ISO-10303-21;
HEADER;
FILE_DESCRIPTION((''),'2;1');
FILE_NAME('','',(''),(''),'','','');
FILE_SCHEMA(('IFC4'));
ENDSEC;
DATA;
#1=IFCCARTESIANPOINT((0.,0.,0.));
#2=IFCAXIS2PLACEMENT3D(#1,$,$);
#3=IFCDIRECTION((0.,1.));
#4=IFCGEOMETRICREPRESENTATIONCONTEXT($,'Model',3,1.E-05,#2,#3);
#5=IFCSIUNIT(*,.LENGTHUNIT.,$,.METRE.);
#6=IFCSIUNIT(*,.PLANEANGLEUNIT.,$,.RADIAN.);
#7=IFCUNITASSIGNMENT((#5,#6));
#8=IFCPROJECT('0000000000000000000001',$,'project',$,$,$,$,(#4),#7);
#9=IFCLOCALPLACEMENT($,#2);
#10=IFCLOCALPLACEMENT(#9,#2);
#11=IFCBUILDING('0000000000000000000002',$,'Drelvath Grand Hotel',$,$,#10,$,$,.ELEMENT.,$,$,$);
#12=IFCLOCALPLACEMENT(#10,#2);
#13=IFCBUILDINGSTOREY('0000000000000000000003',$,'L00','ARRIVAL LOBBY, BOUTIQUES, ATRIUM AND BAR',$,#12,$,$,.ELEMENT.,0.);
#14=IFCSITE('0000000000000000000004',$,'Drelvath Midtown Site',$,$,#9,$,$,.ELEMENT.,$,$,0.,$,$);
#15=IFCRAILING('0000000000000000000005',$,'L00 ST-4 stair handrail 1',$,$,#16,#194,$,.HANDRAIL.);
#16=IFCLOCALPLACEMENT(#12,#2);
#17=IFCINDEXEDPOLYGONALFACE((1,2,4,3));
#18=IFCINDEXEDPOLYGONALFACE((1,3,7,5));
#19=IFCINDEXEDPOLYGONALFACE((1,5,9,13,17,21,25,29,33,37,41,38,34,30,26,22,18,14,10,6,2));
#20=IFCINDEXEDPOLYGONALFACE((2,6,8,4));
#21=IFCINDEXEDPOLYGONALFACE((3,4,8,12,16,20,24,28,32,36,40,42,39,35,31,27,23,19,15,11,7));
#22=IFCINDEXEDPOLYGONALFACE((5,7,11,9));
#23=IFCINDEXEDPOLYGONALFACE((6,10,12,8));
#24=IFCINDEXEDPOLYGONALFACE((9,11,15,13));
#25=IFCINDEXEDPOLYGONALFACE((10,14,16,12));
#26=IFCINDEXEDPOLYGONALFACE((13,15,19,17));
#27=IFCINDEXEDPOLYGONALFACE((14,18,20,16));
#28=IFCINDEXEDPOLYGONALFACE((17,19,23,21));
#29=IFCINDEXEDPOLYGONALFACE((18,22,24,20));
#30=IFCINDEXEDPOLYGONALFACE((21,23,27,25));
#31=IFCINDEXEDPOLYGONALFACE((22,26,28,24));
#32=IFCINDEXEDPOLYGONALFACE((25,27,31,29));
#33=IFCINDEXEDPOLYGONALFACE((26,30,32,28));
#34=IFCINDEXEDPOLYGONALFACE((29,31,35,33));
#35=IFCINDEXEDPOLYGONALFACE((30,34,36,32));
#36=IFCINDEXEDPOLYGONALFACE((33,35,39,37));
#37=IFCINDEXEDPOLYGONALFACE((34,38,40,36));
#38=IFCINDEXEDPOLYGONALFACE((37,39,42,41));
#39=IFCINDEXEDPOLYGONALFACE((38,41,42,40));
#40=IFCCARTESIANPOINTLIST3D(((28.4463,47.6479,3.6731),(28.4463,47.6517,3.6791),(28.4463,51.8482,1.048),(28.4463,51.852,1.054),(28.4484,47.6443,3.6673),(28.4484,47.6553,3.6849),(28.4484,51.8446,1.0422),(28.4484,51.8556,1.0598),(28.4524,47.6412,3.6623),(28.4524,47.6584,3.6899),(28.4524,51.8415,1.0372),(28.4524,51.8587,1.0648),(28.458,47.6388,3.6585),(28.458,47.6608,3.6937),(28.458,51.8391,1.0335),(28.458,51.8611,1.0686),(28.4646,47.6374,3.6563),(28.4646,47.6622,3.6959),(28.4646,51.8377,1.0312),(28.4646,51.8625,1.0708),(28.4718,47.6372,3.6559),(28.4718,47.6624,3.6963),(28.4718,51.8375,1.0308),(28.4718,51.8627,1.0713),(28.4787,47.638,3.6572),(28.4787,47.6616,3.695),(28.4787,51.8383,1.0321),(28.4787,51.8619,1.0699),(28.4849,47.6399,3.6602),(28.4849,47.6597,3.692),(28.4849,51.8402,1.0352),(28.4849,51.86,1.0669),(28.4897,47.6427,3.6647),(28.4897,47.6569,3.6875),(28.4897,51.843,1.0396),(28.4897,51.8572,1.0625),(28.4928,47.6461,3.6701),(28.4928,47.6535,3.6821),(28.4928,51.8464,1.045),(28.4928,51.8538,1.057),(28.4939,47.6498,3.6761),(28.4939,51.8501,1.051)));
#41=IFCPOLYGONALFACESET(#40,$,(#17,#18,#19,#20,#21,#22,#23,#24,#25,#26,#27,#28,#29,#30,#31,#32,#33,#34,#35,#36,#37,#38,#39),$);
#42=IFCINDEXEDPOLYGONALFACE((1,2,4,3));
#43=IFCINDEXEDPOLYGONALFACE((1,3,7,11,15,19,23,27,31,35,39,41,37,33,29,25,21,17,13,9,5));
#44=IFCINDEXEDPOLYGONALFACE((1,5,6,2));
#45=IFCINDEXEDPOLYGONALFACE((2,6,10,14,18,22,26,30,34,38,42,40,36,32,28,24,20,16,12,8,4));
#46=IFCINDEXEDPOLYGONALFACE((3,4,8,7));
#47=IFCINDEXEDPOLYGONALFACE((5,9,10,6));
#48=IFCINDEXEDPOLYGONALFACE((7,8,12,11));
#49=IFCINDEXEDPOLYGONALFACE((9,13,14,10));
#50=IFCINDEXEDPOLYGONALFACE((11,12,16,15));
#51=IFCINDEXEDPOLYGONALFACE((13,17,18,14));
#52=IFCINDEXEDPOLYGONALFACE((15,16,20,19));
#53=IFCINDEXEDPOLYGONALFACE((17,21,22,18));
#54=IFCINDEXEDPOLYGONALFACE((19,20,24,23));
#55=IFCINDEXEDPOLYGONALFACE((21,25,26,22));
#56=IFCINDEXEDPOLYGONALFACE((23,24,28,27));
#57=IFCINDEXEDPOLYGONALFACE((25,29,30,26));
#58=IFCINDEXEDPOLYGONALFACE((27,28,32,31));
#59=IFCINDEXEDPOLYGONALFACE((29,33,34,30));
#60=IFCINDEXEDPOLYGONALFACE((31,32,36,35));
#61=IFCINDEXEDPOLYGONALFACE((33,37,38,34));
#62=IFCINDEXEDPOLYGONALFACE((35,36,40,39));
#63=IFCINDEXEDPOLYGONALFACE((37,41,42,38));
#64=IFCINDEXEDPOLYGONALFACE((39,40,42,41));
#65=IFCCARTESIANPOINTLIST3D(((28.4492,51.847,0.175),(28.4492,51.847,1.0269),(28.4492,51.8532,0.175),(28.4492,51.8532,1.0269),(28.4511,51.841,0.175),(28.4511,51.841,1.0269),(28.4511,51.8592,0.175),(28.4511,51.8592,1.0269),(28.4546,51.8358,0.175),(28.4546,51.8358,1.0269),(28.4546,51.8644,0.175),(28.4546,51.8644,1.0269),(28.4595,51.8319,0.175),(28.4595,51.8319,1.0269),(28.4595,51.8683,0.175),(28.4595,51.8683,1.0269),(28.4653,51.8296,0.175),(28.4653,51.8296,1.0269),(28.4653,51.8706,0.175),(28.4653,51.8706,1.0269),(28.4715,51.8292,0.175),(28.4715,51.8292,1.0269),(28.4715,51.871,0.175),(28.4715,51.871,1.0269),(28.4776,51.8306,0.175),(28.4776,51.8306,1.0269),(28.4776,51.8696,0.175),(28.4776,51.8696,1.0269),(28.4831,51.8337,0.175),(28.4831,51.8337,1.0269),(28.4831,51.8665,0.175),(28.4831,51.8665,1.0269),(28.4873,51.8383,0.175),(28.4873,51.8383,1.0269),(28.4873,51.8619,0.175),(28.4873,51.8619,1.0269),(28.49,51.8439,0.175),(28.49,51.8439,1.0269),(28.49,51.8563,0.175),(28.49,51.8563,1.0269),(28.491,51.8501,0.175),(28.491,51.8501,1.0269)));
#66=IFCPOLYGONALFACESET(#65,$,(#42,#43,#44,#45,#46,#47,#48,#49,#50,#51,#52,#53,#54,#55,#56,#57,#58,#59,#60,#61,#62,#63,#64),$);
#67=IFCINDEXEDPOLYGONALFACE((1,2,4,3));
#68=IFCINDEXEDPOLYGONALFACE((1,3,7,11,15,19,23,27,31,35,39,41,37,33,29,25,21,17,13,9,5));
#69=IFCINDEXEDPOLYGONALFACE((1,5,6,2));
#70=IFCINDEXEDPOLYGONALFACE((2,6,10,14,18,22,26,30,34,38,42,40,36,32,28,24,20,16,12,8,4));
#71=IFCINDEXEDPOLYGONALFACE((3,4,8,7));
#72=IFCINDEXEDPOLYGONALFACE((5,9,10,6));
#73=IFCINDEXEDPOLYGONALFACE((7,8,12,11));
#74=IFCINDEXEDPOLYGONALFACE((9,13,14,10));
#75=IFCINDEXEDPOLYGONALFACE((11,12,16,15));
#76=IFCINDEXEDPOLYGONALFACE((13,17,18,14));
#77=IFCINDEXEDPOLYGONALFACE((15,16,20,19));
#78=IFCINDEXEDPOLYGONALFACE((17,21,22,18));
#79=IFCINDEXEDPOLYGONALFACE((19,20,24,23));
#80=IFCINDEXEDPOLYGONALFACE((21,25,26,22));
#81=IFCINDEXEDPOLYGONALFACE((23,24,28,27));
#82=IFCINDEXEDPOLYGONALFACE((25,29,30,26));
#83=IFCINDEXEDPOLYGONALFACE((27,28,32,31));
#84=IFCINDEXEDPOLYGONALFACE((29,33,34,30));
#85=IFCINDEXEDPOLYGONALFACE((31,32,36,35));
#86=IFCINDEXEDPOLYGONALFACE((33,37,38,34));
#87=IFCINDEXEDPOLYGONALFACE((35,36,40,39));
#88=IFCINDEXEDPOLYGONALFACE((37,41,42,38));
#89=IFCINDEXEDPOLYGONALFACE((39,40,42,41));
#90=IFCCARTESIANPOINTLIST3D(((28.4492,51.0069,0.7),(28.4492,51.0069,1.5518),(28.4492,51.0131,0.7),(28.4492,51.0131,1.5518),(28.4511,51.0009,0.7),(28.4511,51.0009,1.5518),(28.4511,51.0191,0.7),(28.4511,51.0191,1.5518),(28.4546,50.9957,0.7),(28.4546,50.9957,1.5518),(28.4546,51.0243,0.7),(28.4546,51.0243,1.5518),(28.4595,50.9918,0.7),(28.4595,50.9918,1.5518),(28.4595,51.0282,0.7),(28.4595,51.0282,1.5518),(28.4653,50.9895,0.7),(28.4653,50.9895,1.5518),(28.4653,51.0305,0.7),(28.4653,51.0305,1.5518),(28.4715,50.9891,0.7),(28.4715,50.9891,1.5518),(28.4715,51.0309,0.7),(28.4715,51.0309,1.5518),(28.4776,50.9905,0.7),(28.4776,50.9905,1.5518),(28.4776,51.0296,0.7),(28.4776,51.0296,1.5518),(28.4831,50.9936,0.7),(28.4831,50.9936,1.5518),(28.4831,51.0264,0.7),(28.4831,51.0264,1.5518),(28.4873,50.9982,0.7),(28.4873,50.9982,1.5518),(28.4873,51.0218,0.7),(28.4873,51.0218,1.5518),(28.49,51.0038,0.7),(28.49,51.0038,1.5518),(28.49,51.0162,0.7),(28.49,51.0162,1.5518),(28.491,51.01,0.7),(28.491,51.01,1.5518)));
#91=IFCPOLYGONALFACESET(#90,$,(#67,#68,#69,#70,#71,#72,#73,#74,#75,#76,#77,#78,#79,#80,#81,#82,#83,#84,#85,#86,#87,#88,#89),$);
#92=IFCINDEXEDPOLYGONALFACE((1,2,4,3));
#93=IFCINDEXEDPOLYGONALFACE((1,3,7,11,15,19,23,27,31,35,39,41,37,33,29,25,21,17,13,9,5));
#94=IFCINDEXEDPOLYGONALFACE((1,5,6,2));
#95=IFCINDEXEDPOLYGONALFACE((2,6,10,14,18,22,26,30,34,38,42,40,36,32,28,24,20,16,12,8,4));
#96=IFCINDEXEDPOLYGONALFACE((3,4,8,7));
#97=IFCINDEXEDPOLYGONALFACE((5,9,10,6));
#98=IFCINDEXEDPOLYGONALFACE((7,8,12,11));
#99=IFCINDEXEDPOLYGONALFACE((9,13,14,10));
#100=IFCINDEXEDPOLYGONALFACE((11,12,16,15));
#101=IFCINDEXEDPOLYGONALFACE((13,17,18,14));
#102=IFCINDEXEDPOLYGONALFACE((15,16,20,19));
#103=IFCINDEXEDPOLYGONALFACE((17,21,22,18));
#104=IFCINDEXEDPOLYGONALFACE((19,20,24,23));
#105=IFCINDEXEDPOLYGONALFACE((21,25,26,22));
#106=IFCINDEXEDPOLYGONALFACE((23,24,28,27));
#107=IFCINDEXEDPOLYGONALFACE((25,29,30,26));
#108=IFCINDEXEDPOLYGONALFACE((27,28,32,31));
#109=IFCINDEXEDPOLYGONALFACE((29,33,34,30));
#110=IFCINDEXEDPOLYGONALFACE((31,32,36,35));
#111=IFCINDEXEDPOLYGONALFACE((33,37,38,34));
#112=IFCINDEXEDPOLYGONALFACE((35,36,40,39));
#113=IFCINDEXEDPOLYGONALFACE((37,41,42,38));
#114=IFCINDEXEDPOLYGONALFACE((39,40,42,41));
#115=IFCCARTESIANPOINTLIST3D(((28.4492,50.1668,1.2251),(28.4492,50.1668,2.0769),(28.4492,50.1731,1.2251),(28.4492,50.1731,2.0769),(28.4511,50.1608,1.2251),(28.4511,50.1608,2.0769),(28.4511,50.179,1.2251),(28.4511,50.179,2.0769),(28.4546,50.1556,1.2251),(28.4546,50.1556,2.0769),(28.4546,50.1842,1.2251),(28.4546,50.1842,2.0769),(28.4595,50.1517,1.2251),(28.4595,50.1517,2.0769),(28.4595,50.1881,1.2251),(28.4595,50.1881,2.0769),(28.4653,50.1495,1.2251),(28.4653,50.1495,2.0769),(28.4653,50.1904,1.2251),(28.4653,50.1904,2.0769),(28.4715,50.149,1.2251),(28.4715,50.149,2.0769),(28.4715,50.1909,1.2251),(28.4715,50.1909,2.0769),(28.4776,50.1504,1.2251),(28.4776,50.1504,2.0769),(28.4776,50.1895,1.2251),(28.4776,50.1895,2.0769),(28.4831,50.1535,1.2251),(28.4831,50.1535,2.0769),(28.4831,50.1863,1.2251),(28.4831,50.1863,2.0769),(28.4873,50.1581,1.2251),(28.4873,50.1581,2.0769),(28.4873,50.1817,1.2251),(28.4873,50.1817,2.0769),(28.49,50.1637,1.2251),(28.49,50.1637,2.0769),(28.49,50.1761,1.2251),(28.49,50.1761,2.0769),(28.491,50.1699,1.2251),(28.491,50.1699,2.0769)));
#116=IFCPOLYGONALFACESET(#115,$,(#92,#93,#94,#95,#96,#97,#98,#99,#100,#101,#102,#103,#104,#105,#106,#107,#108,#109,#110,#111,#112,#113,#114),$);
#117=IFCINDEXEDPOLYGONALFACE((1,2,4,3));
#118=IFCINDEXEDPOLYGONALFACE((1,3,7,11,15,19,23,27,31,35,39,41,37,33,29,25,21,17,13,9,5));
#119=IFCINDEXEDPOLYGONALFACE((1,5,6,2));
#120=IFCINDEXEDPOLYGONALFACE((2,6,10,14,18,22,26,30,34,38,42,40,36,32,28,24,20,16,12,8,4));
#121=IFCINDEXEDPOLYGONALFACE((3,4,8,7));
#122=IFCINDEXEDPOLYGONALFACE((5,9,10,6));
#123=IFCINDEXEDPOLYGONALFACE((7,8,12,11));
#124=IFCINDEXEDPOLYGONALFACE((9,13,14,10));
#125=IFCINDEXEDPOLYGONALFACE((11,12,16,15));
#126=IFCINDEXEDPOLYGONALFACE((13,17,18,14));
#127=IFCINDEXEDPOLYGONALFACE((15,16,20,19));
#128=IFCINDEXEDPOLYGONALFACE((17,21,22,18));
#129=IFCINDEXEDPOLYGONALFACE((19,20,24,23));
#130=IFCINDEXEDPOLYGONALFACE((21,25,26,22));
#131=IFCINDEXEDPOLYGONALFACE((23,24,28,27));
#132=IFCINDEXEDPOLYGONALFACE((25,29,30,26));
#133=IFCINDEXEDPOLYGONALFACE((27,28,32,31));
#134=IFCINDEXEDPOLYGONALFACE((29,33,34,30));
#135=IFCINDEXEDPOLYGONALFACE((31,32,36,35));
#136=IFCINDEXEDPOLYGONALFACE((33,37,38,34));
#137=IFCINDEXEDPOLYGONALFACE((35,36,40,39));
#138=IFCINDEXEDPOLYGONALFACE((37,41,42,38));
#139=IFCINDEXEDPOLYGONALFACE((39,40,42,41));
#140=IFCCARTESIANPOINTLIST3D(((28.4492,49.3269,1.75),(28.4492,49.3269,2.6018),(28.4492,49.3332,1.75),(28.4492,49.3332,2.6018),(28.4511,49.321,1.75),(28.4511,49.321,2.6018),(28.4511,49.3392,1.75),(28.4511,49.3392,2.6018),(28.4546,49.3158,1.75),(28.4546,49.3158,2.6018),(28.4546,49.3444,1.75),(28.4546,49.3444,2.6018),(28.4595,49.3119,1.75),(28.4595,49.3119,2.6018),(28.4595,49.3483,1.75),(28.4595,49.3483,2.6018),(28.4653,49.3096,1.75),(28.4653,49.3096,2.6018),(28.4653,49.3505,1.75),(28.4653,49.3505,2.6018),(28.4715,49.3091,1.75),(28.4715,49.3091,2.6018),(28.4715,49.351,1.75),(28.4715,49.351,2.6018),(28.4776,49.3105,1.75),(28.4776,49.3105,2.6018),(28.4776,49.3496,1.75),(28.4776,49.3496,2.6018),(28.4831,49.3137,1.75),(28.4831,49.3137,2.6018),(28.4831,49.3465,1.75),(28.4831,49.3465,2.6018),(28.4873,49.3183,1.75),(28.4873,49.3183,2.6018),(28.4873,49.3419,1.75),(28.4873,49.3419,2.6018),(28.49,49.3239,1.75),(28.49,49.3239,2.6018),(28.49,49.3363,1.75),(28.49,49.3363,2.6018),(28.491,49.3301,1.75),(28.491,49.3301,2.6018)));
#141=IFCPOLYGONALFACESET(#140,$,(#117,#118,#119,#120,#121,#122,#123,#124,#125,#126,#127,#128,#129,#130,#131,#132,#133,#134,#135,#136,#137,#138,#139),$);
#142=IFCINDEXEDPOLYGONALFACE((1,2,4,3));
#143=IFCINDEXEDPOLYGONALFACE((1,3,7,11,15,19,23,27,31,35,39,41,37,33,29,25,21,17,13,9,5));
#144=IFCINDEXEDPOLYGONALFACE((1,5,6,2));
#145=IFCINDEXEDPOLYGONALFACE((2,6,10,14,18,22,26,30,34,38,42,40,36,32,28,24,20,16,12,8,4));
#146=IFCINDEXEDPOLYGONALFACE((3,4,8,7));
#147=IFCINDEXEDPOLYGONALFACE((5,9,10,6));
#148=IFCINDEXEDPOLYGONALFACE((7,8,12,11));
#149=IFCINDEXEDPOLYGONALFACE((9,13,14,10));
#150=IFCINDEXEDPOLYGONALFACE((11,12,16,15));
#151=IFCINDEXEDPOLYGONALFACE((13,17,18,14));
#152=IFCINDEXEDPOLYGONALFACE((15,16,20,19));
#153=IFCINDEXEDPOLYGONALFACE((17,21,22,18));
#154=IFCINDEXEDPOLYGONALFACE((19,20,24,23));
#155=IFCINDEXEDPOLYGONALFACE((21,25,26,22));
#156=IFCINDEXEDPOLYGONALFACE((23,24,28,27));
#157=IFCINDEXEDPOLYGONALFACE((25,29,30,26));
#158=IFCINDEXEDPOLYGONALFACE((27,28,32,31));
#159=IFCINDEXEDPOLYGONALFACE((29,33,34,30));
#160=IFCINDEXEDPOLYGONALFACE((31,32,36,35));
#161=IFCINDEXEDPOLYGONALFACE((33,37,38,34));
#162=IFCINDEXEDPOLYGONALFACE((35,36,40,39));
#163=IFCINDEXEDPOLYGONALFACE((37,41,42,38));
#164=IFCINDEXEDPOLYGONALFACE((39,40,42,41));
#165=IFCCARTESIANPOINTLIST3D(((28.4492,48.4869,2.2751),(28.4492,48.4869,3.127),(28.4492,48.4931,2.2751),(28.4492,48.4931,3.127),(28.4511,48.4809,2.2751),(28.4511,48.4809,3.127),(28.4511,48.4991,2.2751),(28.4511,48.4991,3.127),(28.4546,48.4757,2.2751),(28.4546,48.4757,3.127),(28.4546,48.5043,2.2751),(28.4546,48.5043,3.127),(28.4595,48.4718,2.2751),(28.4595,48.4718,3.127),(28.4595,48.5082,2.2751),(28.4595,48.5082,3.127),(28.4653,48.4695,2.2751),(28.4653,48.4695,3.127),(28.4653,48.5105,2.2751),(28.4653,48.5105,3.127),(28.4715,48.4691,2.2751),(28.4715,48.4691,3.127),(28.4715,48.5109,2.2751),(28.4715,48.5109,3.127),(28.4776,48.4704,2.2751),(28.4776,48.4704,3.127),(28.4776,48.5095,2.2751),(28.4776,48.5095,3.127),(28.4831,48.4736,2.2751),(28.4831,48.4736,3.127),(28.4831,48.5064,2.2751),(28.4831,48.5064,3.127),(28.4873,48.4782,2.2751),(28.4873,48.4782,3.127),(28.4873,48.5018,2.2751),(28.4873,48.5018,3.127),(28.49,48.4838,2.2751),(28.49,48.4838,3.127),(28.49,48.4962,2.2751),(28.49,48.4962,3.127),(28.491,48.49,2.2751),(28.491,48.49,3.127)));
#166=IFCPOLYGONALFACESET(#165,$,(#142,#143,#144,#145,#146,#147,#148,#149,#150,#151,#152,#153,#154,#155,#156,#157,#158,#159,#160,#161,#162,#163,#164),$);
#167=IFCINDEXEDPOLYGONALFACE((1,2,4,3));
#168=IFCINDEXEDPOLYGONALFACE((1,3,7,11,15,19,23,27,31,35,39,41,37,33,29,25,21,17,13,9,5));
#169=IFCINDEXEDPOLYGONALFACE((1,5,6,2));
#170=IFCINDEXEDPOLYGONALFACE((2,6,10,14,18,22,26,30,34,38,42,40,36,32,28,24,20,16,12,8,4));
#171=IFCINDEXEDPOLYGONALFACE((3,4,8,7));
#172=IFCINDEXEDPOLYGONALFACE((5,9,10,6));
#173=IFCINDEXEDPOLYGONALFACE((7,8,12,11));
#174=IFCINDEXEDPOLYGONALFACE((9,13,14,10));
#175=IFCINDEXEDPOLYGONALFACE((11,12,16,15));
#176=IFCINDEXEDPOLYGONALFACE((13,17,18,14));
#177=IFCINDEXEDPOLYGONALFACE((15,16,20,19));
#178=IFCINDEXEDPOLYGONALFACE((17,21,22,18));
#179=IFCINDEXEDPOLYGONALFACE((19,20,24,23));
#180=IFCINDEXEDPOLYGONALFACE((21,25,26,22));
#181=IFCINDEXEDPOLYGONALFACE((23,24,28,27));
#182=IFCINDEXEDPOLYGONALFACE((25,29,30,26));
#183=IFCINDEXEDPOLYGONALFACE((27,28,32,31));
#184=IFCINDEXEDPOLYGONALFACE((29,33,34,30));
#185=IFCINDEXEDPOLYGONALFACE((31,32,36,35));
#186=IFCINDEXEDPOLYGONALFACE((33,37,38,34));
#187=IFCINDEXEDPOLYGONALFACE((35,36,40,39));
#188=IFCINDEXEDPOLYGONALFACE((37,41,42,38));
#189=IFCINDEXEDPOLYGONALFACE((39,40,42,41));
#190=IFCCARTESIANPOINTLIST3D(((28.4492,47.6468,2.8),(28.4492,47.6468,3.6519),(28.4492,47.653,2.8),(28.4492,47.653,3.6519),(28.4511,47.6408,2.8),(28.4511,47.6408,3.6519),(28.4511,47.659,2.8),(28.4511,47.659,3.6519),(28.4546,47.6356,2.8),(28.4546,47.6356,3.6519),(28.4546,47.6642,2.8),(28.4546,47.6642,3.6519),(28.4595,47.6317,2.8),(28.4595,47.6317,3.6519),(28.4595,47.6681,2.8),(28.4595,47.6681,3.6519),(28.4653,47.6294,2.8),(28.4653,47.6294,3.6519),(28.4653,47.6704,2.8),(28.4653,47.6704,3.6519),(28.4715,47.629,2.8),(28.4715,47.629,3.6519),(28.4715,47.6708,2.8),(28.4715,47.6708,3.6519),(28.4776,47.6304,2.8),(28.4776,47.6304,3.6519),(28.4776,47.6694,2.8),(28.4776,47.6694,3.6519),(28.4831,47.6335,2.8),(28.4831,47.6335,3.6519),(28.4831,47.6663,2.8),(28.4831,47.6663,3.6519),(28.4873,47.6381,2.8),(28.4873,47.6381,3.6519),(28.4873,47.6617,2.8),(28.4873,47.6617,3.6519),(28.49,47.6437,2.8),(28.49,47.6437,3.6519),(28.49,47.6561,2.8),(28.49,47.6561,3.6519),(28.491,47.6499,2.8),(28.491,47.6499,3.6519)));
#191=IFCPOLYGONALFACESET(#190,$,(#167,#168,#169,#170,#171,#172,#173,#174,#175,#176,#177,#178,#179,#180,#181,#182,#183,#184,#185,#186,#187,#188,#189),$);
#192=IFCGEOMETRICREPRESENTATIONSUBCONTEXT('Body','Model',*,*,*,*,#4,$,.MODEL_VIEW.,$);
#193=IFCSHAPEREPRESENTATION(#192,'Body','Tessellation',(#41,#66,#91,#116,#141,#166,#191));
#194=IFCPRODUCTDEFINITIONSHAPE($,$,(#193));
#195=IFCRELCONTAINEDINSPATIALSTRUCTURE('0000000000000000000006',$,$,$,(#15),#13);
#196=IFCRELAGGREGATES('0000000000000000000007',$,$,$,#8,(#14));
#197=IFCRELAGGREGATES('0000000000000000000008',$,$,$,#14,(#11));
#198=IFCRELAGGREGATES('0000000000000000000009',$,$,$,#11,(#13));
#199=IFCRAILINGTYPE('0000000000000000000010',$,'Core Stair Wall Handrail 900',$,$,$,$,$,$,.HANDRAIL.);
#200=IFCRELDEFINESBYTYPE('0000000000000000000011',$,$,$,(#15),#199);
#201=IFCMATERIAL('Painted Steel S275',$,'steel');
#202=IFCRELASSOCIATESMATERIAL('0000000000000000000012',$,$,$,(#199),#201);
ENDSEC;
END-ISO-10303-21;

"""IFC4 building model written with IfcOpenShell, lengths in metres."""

from ifc_helpers import new_model, si_unit, direction, frame, origin, origin_2d, place, context, subcontext, project, spatial, circle, extrude, material, type_object, element, save


model = new_model("IFC4")

# Units and contexts
model_context = context("Model", 3, precision=1e-05, world=origin(), true_north=direction((0.0, 1.0)))
body_context = subcontext(model_context, "Body", "Model", "MODEL_VIEW")
ifc_project = project(units=[si_unit("LENGTHUNIT", "METRE"), si_unit("PLANEANGLEUNIT", "RADIAN")], contexts=[model_context])

# Site, building, storey
site_placement = place(None, origin())
site = spatial("IfcSite", under=ifc_project, at=site_placement, Name="Drelvath Midtown Site", CompositionType="ELEMENT", RefElevation=0.0)
building_placement = place(site_placement, origin())
building = spatial("IfcBuilding", under=site, at=building_placement, Name="Drelvath Grand Hotel", CompositionType="ELEMENT")
storey_placement = place(building_placement, origin())
storey = spatial("IfcBuildingStorey", under=building, at=storey_placement, Name="L00", Description="ARRIVAL LOBBY, BOUTIQUES, ATRIUM AND BAR", CompositionType="ELEMENT", Elevation=0.0)

# Shared definitions
ifc_material_1 = material(Name="Painted Steel S275", Category="steel")

# Railing
railing_type_1 = type_object("IfcRailingType", Name="Core Stair Wall Handrail 900", PredefinedType="HANDRAIL", material=ifc_material_1)
railing_1_placement = place(storey_placement, frame((28.47, 51.8501, 0.175)))
element("IfcRailing", 1, at=railing_1_placement, inside=storey, type_object=railing_type_1, Name="L00 ST-4 stair handrail 1", PredefinedType="HANDRAIL", context=body_context, shape_type="SweptSolid", body=[
    extrude(circle(Radius=0.0239, at=origin_2d()), frame((0.0, 0.0, 0.876), z_axis=(0.0, -0.848009, 0.529981), x_axis=(1.0, 0.0, 0.0)), (0.0, 0.0, 1.0), 4.9531),
    extrude(circle(Radius=0.021, at=origin_2d()), origin(), (0.0, 0.0, 1.0), 0.8518),
    extrude(circle(Radius=0.021, at=origin_2d()), frame((0.0, -0.8401, 0.5249)), (0.0, 0.0, 1.0), 0.8518),
    extrude(circle(Radius=0.021, at=origin_2d()), frame((0.0, -1.6802, 1.05)), (0.0, 0.0, 1.0), 0.8518),
    extrude(circle(Radius=0.021, at=origin_2d()), frame((0.0, -2.52, 1.575)), (0.0, 0.0, 1.0), 0.8518),
    extrude(circle(Radius=0.021, at=origin_2d()), frame((0.0, -3.3601, 2.1001)), (0.0, 0.0, 1.0), 0.8518),
    extrude(circle(Radius=0.021, at=origin_2d()), frame((0.0, -4.2002, 2.625)), (0.0, 0.0, 1.0), 0.8518),
])

save(model, "model.ifc")
